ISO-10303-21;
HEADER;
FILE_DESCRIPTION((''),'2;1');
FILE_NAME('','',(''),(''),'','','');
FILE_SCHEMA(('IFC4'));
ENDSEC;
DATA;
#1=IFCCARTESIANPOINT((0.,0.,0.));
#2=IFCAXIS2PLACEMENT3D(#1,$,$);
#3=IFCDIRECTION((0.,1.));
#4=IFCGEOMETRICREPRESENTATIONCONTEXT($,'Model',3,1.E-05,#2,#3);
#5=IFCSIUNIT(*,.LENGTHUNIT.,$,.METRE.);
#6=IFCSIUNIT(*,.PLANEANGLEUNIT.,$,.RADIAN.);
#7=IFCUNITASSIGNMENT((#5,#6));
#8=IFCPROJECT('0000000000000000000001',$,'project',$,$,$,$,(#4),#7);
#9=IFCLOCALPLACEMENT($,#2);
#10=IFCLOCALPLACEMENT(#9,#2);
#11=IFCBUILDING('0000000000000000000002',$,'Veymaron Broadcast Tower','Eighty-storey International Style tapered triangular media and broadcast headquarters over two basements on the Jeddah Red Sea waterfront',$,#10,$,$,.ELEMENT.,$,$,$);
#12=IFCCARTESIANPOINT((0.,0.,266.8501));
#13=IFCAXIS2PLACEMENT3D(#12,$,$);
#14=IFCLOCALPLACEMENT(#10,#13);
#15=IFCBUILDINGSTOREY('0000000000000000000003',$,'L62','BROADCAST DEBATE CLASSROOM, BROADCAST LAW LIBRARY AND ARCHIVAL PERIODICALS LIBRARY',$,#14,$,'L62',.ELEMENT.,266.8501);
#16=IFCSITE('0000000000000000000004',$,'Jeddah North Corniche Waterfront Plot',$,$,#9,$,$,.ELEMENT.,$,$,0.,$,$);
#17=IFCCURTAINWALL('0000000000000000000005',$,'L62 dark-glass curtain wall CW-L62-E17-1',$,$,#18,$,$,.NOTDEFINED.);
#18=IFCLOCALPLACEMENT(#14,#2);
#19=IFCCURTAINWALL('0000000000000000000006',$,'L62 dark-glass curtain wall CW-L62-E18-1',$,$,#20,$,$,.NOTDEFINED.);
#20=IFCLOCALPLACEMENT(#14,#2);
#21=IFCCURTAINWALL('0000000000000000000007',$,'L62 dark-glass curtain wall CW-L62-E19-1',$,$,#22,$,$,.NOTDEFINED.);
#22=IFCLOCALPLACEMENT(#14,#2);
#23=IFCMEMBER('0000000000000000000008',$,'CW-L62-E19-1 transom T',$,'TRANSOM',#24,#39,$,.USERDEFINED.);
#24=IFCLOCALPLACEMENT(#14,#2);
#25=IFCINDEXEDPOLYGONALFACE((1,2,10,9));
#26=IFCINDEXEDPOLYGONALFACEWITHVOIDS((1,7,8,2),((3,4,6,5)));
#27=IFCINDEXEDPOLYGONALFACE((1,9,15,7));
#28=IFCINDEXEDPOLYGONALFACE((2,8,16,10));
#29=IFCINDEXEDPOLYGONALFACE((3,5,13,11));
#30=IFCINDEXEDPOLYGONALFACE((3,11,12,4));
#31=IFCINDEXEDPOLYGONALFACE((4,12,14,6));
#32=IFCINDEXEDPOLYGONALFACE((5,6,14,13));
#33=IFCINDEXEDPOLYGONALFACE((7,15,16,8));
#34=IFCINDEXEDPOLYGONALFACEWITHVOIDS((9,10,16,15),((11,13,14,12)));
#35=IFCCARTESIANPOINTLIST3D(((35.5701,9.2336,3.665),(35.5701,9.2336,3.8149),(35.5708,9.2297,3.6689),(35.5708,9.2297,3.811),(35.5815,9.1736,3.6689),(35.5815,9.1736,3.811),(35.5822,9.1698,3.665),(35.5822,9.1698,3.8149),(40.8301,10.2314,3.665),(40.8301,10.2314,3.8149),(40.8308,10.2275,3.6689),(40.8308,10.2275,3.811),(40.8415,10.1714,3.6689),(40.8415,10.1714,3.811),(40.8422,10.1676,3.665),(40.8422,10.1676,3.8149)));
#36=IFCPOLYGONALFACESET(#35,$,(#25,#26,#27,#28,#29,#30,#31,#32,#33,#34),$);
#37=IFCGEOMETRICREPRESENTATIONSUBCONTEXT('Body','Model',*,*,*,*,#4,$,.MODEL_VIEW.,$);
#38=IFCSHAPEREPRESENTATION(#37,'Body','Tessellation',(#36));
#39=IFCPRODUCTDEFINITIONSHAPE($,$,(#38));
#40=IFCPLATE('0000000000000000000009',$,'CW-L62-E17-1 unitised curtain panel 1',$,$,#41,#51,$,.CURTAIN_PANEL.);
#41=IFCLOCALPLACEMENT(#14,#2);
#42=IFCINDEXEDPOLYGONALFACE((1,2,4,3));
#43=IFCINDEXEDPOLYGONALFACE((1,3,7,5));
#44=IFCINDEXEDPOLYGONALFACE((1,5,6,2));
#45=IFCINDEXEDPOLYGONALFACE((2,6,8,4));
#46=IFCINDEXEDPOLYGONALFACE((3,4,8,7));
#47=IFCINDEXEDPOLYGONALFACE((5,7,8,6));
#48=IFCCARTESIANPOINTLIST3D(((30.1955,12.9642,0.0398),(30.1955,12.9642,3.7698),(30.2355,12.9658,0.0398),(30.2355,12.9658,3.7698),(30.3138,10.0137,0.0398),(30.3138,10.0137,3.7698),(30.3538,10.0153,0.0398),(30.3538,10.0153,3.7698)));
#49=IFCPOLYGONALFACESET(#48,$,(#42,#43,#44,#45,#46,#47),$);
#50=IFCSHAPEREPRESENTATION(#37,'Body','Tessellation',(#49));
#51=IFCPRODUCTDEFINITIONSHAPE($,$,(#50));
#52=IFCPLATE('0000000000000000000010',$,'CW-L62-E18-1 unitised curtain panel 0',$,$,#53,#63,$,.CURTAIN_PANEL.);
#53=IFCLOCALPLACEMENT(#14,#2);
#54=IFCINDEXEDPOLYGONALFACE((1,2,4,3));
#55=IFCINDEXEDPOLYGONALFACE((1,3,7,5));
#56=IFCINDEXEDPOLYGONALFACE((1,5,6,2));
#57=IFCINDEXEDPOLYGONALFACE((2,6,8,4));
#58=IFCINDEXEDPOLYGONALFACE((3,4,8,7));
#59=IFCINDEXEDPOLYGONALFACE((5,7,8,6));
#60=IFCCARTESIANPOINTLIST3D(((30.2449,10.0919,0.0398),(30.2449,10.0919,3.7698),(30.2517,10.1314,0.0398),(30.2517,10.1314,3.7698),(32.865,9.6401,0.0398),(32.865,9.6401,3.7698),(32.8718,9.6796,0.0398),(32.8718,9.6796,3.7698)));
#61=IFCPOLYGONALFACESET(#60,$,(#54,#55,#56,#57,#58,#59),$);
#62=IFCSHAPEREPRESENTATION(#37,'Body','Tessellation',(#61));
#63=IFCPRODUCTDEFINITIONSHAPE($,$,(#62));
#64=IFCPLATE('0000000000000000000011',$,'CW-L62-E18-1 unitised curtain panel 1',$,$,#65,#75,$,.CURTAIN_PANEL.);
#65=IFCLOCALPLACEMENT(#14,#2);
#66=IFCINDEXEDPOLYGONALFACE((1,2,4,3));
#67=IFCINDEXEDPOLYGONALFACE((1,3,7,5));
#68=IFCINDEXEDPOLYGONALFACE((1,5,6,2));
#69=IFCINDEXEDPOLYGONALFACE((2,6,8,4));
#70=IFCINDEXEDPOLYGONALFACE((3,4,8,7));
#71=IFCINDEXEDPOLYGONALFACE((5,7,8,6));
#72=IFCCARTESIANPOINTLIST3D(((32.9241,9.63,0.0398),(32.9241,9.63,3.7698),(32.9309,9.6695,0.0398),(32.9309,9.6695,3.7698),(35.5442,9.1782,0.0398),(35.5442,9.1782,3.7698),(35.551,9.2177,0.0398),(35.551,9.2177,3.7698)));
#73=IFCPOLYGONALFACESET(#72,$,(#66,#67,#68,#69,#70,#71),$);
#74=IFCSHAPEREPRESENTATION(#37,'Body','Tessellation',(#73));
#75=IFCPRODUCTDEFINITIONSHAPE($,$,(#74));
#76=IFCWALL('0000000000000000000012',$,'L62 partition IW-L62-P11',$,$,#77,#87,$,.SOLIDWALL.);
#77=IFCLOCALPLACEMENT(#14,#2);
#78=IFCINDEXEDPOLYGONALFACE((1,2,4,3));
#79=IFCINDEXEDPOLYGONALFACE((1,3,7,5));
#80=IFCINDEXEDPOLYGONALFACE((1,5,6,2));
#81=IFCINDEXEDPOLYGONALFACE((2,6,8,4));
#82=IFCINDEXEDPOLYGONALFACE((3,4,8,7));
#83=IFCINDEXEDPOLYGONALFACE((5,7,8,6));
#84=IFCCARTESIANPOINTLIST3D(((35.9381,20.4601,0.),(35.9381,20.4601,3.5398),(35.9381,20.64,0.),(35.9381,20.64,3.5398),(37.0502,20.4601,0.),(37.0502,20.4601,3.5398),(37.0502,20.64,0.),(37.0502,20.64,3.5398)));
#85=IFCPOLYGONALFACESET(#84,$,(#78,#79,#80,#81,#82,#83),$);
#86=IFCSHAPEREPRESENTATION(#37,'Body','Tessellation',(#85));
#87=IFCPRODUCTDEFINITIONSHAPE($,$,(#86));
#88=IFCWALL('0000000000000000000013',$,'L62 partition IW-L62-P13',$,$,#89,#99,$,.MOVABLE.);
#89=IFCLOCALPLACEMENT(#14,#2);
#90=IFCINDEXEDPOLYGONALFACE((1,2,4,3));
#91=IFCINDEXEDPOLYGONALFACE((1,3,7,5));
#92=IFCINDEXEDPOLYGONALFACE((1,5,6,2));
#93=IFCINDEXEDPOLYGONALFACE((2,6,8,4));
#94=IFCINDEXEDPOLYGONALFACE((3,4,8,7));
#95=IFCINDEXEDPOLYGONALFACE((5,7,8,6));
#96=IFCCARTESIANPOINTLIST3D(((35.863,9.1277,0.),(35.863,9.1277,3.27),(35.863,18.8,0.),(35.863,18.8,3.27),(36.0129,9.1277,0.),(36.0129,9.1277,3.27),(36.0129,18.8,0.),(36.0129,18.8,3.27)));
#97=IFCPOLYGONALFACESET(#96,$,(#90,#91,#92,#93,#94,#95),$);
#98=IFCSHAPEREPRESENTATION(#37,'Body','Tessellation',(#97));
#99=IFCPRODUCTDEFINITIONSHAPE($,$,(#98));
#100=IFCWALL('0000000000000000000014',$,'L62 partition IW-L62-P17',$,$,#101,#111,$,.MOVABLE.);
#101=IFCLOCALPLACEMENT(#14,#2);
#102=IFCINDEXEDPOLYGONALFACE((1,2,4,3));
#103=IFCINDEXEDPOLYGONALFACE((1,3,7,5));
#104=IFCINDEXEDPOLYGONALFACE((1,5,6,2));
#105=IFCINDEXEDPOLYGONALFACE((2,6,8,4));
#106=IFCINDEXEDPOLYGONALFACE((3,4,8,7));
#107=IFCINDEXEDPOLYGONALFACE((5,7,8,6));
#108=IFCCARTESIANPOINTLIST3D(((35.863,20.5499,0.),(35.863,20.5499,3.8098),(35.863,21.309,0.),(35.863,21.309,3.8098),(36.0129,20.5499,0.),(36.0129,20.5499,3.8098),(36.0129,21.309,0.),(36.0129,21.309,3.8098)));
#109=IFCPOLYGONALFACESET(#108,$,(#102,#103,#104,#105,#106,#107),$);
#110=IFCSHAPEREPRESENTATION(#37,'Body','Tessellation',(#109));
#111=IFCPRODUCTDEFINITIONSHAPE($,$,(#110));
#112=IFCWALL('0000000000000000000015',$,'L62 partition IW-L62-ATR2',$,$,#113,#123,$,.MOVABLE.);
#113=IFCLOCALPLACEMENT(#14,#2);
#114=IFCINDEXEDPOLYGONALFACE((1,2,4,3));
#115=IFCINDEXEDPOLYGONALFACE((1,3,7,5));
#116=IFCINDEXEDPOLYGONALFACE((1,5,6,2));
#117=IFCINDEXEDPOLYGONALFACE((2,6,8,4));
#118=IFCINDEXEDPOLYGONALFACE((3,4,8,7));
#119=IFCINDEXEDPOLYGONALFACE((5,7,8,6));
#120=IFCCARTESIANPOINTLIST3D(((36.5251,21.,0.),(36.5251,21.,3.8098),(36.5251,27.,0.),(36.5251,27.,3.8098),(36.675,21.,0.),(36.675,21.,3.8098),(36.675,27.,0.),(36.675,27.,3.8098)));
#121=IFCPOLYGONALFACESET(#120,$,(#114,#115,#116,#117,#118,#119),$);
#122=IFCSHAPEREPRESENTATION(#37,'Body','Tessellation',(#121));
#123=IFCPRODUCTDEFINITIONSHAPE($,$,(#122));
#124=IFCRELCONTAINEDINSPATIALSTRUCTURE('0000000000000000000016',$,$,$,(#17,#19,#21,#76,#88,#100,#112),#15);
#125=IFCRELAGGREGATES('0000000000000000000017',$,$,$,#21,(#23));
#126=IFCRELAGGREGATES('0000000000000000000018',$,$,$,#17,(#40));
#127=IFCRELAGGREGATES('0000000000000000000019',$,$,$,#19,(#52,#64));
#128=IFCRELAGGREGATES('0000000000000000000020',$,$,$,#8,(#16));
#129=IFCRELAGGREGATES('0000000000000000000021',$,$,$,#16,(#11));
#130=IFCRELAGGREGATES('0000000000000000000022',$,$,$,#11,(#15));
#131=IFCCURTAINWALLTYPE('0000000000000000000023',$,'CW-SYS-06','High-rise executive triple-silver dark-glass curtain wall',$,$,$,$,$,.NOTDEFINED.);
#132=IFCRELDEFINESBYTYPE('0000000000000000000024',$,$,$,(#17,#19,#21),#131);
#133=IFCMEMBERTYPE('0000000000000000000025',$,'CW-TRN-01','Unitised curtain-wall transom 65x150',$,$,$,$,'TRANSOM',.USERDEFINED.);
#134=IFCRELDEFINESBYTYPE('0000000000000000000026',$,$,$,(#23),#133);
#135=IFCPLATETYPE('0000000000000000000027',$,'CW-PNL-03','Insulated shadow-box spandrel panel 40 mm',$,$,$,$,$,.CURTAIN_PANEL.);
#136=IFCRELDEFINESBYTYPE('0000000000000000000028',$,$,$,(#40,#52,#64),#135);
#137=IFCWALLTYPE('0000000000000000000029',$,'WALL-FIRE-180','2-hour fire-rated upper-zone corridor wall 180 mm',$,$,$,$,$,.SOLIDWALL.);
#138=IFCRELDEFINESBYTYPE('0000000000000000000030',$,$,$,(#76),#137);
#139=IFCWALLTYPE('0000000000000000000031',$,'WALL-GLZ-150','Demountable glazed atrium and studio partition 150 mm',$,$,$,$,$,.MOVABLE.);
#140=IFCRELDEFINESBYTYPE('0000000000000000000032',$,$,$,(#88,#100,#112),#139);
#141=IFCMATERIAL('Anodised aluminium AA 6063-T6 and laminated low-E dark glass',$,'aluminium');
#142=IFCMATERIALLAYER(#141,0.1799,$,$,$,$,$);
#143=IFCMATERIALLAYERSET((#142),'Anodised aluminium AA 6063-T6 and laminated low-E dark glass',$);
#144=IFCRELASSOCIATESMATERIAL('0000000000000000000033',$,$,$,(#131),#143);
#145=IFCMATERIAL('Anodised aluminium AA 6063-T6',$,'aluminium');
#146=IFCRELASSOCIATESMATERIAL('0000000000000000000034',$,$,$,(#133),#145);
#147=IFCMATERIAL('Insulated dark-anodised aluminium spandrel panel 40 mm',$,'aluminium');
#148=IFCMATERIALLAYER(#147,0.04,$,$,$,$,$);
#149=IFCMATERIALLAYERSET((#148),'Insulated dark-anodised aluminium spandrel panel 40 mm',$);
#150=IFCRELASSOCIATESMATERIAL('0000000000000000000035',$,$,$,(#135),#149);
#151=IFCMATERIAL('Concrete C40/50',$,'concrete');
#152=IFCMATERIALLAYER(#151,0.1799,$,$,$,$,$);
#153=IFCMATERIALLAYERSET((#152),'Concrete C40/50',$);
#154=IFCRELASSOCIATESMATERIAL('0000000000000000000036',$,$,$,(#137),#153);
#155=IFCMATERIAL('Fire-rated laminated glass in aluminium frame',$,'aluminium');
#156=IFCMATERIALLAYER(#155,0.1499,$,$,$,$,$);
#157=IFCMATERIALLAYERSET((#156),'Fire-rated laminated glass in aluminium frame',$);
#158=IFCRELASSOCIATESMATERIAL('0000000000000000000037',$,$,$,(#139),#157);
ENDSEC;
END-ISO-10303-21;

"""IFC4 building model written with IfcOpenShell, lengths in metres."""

from ifc_helpers import new_model, si_unit, direction, frame, frame_2d, origin, origin_2d, place, context, subcontext, project, spatial, rectangle, hollow_rectangle, extrude, material, layer, layer_set, material_profile, profile_set, type_object, element, aggregate, save


model = new_model("IFC4")

# Units and contexts
model_context = context("Model", 3, precision=1e-05, world=origin(), true_north=direction((0.0, 1.0)))
body_context = subcontext(model_context, "Body", "Model", "MODEL_VIEW")
ifc_project = project(units=[si_unit("LENGTHUNIT", "METRE"), si_unit("PLANEANGLEUNIT", "RADIAN")], contexts=[model_context])

# Site, building, storey
site_placement = place(None, origin())
site = spatial("IfcSite", under=ifc_project, at=site_placement, Name="Jeddah North Corniche Waterfront Plot", CompositionType="ELEMENT", RefElevation=0.0)
building_placement = place(site_placement, origin())
building = spatial("IfcBuilding", under=site, at=building_placement, Name="Veymaron Broadcast Tower", Description="Eighty-storey International Style tapered triangular media and broadcast headquarters over two basements on the Jeddah Red Sea waterfront", CompositionType="ELEMENT")
storey_placement = place(building_placement, frame((0.0, 0.0, 266.8501)))
storey = spatial("IfcBuildingStorey", under=building, at=storey_placement, Name="L62", Description="BROADCAST DEBATE CLASSROOM, BROADCAST LAW LIBRARY AND ARCHIVAL PERIODICALS LIBRARY", LongName="L62", CompositionType="ELEMENT", Elevation=266.8501)

# Curtain wall
ifc_material_1 = material(Name="Anodised aluminium AA 6063-T6 and laminated low-E dark glass", Category="aluminium")
ifc_layer_1 = layer(ifc_material_1, 0.1799)
ifc_layer_set_1 = layer_set([ifc_layer_1], Name="Anodised aluminium AA 6063-T6 and laminated low-E dark glass")
curtain_wall_type = type_object("IfcCurtainWallType", Name="CW-SYS-06", Description="High-rise executive triple-silver dark-glass curtain wall", PredefinedType="NOTDEFINED", material=ifc_layer_set_1)
curtain_wall_1_placement = place(storey_placement, origin())
curtain_wall_1 = element("IfcCurtainWall", 1, at=curtain_wall_1_placement, inside=storey, type_object=curtain_wall_type, Name="L62 dark-glass curtain wall CW-L62-E17-1", PredefinedType="NOTDEFINED")
ifc_material_2 = material(Name="Anodised aluminium AA 6063-T6", Category="aluminium")

# Curtain wall
curtain_wall_2_placement = place(storey_placement, origin())
curtain_wall_2 = element("IfcCurtainWall", 2, at=curtain_wall_2_placement, inside=storey, type_object=curtain_wall_type, Name="L62 dark-glass curtain wall CW-L62-E18-1", PredefinedType="NOTDEFINED")

# Curtain wall
curtain_wall_3_placement = place(storey_placement, origin())
curtain_wall_3 = element("IfcCurtainWall", 3, at=curtain_wall_3_placement, inside=storey, type_object=curtain_wall_type, Name="L62 dark-glass curtain wall CW-L62-E19-1", PredefinedType="NOTDEFINED")

# Member
ifc_material_profile_1 = material_profile(ifc_material_2, hollow_rectangle(XDim=0.0649, YDim=0.1499, WallThickness=0.0039, at=origin_2d()), Name="AL150X65X4")
ifc_profile_set_1 = profile_set([ifc_material_profile_1], Name="Anodised aluminium AA 6063-T6")
member_type_1 = type_object("IfcMemberType", Name="CW-TRN-01", Description="Unitised curtain-wall transom 65x150", ElementType="TRANSOM", PredefinedType="USERDEFINED", material=ifc_profile_set_1)
member_1_placement = place(storey_placement, frame((35.5762, 9.2017, 3.74), z_axis=(0.982479, 0.186372, 0.0), x_axis=(-0.186372, 0.982479, 0.0)))
member_1 = element("IfcMember", 4, at=member_1_placement, type_object=member_type_1, Name="CW-L62-E19-1 transom T", ObjectType="TRANSOM", PredefinedType="USERDEFINED", context=body_context, shape_type="SweptSolid", body=[
    extrude(hollow_rectangle(XDim=0.0649, YDim=0.1499, WallThickness=0.0039, at=origin_2d()), origin(), (0.0, 0.0, 1.0), 5.3538),
])
aggregate(curtain_wall_3, [member_1])

# Plates
ifc_material_3 = material(Name="Insulated dark-anodised aluminium spandrel panel 40 mm", Category="aluminium")
ifc_layer_2 = layer(ifc_material_3, 0.04)
ifc_layer_set_2 = layer_set([ifc_layer_2], Name="Insulated dark-anodised aluminium spandrel panel 40 mm")
plate_type = type_object("IfcPlateType", Name="CW-PNL-03", Description="Insulated shadow-box spandrel panel 40 mm", PredefinedType="CURTAIN_PANEL", material=ifc_layer_set_2)
plate_1_placement = place(storey_placement, frame((30.2747, 11.4897, 0.0398), z_axis=(0.0, 0.0, 1.0), x_axis=(0.040045, -0.999198, 0.0)))
plate_1 = element("IfcPlate", 5, at=plate_1_placement, type_object=plate_type, Name="CW-L62-E17-1 unitised curtain panel 1", PredefinedType="CURTAIN_PANEL", context=body_context, shape_type="SweptSolid", body=[
    extrude(rectangle(XDim=2.9529, YDim=0.04, at=origin_2d()), origin(), (0.0, 0.0, 1.0), 3.73),
])
aggregate(curtain_wall_1, [plate_1])
plate_2_placement = place(storey_placement, frame((31.5583, 9.8857, 0.0398), z_axis=(0.0, 0.0, 1.0), x_axis=(0.985455, -0.169934, 0.0)))
plate_2 = element("IfcPlate", 6, at=plate_2_placement, type_object=plate_type, Name="CW-L62-E18-1 unitised curtain panel 0", PredefinedType="CURTAIN_PANEL", context=body_context, shape_type="SweptSolid", body=[
    extrude(rectangle(XDim=2.6587, YDim=0.04, at=origin_2d()), origin(), (0.0, 0.0, 1.0), 3.73),
])
plate_3_placement = place(storey_placement, frame((34.2375, 9.4238, 0.0398), z_axis=(0.0, 0.0, 1.0), x_axis=(0.985455, -0.169934, 0.0)))
plate_3 = element("IfcPlate", 7, at=plate_3_placement, type_object=plate_type, Name="CW-L62-E18-1 unitised curtain panel 1", PredefinedType="CURTAIN_PANEL", context=body_context, shape_type="SweptSolid", body=[
    extrude(rectangle(XDim=2.6587, YDim=0.04, at=origin_2d()), origin(), (0.0, 0.0, 1.0), 3.73),
])
aggregate(curtain_wall_2, [plate_2, plate_3])

# Shared definitions
ifc_material_4 = material(Name="Concrete C40/50", Category="concrete")
ifc_layer_3 = layer(ifc_material_4, 0.1799)
ifc_layer_set_3 = layer_set([ifc_layer_3], Name="Concrete C40/50")
wall_type_1 = type_object("IfcWallType", Name="WALL-FIRE-180", Description="2-hour fire-rated upper-zone corridor wall 180 mm", PredefinedType="SOLIDWALL", material=ifc_layer_set_3)

# Walls
wall_1_placement = place(storey_placement, frame((35.938, 20.55, 0.0), z_axis=(0.0, 0.0, 1.0), x_axis=(1.0, 0.0, 0.0)))
element("IfcWall", 8, at=wall_1_placement, inside=storey, type_object=wall_type_1, Name="L62 partition IW-L62-P11", PredefinedType="SOLIDWALL", context=body_context, shape_type="SweptSolid", body=[
    extrude(rectangle(XDim=1.1121, YDim=0.1799, at=frame_2d((0.5562, 0.0))), origin(), (0.0, 0.0, 1.0), 3.5398),
])
ifc_material_5 = material(Name="Fire-rated laminated glass in aluminium frame", Category="aluminium")
ifc_layer_4 = layer(ifc_material_5, 0.1499)
ifc_layer_set_4 = layer_set([ifc_layer_4], Name="Fire-rated laminated glass in aluminium frame")
wall_type_2 = type_object("IfcWallType", Name="WALL-GLZ-150", Description="Demountable glazed atrium and studio partition 150 mm", PredefinedType="MOVABLE", material=ifc_layer_set_4)
wall_2_placement = place(storey_placement, frame((35.938, 9.1277, 0.0), z_axis=(0.0, 0.0, 1.0), x_axis=(0.0, 1.0, 0.0)))
element("IfcWall", 9, at=wall_2_placement, inside=storey, type_object=wall_type_2, Name="L62 partition IW-L62-P13", PredefinedType="MOVABLE", context=body_context, shape_type="SweptSolid", body=[
    extrude(rectangle(XDim=9.6724, YDim=0.1499, at=frame_2d((4.8362, 0.0))), origin(), (0.0, 0.0, 1.0), 3.27),
])
wall_3_placement = place(storey_placement, frame((35.938, 20.55, 0.0), z_axis=(0.0, 0.0, 1.0), x_axis=(0.0, 1.0, 0.0)))
element("IfcWall", 10, at=wall_3_placement, inside=storey, type_object=wall_type_2, Name="L62 partition IW-L62-P17", PredefinedType="MOVABLE", context=body_context, shape_type="SweptSolid", body=[
    extrude(rectangle(XDim=0.759, YDim=0.1499, at=frame_2d((0.3794, 0.0))), origin(), (0.0, 0.0, 1.0), 3.8098),
])
wall_4_placement = place(storey_placement, frame((36.6001, 21.0, 0.0), z_axis=(0.0, 0.0, 1.0), x_axis=(0.0, 1.0, 0.0)))
element("IfcWall", 11, at=wall_4_placement, inside=storey, type_object=wall_type_2, Name="L62 partition IW-L62-ATR2", PredefinedType="MOVABLE", context=body_context, shape_type="SweptSolid", body=[
    extrude(rectangle(XDim=6.0, YDim=0.1499, at=frame_2d((3.0, 0.0))), origin(), (0.0, 0.0, 1.0), 3.8098),
])

save(model, "model.ifc")
